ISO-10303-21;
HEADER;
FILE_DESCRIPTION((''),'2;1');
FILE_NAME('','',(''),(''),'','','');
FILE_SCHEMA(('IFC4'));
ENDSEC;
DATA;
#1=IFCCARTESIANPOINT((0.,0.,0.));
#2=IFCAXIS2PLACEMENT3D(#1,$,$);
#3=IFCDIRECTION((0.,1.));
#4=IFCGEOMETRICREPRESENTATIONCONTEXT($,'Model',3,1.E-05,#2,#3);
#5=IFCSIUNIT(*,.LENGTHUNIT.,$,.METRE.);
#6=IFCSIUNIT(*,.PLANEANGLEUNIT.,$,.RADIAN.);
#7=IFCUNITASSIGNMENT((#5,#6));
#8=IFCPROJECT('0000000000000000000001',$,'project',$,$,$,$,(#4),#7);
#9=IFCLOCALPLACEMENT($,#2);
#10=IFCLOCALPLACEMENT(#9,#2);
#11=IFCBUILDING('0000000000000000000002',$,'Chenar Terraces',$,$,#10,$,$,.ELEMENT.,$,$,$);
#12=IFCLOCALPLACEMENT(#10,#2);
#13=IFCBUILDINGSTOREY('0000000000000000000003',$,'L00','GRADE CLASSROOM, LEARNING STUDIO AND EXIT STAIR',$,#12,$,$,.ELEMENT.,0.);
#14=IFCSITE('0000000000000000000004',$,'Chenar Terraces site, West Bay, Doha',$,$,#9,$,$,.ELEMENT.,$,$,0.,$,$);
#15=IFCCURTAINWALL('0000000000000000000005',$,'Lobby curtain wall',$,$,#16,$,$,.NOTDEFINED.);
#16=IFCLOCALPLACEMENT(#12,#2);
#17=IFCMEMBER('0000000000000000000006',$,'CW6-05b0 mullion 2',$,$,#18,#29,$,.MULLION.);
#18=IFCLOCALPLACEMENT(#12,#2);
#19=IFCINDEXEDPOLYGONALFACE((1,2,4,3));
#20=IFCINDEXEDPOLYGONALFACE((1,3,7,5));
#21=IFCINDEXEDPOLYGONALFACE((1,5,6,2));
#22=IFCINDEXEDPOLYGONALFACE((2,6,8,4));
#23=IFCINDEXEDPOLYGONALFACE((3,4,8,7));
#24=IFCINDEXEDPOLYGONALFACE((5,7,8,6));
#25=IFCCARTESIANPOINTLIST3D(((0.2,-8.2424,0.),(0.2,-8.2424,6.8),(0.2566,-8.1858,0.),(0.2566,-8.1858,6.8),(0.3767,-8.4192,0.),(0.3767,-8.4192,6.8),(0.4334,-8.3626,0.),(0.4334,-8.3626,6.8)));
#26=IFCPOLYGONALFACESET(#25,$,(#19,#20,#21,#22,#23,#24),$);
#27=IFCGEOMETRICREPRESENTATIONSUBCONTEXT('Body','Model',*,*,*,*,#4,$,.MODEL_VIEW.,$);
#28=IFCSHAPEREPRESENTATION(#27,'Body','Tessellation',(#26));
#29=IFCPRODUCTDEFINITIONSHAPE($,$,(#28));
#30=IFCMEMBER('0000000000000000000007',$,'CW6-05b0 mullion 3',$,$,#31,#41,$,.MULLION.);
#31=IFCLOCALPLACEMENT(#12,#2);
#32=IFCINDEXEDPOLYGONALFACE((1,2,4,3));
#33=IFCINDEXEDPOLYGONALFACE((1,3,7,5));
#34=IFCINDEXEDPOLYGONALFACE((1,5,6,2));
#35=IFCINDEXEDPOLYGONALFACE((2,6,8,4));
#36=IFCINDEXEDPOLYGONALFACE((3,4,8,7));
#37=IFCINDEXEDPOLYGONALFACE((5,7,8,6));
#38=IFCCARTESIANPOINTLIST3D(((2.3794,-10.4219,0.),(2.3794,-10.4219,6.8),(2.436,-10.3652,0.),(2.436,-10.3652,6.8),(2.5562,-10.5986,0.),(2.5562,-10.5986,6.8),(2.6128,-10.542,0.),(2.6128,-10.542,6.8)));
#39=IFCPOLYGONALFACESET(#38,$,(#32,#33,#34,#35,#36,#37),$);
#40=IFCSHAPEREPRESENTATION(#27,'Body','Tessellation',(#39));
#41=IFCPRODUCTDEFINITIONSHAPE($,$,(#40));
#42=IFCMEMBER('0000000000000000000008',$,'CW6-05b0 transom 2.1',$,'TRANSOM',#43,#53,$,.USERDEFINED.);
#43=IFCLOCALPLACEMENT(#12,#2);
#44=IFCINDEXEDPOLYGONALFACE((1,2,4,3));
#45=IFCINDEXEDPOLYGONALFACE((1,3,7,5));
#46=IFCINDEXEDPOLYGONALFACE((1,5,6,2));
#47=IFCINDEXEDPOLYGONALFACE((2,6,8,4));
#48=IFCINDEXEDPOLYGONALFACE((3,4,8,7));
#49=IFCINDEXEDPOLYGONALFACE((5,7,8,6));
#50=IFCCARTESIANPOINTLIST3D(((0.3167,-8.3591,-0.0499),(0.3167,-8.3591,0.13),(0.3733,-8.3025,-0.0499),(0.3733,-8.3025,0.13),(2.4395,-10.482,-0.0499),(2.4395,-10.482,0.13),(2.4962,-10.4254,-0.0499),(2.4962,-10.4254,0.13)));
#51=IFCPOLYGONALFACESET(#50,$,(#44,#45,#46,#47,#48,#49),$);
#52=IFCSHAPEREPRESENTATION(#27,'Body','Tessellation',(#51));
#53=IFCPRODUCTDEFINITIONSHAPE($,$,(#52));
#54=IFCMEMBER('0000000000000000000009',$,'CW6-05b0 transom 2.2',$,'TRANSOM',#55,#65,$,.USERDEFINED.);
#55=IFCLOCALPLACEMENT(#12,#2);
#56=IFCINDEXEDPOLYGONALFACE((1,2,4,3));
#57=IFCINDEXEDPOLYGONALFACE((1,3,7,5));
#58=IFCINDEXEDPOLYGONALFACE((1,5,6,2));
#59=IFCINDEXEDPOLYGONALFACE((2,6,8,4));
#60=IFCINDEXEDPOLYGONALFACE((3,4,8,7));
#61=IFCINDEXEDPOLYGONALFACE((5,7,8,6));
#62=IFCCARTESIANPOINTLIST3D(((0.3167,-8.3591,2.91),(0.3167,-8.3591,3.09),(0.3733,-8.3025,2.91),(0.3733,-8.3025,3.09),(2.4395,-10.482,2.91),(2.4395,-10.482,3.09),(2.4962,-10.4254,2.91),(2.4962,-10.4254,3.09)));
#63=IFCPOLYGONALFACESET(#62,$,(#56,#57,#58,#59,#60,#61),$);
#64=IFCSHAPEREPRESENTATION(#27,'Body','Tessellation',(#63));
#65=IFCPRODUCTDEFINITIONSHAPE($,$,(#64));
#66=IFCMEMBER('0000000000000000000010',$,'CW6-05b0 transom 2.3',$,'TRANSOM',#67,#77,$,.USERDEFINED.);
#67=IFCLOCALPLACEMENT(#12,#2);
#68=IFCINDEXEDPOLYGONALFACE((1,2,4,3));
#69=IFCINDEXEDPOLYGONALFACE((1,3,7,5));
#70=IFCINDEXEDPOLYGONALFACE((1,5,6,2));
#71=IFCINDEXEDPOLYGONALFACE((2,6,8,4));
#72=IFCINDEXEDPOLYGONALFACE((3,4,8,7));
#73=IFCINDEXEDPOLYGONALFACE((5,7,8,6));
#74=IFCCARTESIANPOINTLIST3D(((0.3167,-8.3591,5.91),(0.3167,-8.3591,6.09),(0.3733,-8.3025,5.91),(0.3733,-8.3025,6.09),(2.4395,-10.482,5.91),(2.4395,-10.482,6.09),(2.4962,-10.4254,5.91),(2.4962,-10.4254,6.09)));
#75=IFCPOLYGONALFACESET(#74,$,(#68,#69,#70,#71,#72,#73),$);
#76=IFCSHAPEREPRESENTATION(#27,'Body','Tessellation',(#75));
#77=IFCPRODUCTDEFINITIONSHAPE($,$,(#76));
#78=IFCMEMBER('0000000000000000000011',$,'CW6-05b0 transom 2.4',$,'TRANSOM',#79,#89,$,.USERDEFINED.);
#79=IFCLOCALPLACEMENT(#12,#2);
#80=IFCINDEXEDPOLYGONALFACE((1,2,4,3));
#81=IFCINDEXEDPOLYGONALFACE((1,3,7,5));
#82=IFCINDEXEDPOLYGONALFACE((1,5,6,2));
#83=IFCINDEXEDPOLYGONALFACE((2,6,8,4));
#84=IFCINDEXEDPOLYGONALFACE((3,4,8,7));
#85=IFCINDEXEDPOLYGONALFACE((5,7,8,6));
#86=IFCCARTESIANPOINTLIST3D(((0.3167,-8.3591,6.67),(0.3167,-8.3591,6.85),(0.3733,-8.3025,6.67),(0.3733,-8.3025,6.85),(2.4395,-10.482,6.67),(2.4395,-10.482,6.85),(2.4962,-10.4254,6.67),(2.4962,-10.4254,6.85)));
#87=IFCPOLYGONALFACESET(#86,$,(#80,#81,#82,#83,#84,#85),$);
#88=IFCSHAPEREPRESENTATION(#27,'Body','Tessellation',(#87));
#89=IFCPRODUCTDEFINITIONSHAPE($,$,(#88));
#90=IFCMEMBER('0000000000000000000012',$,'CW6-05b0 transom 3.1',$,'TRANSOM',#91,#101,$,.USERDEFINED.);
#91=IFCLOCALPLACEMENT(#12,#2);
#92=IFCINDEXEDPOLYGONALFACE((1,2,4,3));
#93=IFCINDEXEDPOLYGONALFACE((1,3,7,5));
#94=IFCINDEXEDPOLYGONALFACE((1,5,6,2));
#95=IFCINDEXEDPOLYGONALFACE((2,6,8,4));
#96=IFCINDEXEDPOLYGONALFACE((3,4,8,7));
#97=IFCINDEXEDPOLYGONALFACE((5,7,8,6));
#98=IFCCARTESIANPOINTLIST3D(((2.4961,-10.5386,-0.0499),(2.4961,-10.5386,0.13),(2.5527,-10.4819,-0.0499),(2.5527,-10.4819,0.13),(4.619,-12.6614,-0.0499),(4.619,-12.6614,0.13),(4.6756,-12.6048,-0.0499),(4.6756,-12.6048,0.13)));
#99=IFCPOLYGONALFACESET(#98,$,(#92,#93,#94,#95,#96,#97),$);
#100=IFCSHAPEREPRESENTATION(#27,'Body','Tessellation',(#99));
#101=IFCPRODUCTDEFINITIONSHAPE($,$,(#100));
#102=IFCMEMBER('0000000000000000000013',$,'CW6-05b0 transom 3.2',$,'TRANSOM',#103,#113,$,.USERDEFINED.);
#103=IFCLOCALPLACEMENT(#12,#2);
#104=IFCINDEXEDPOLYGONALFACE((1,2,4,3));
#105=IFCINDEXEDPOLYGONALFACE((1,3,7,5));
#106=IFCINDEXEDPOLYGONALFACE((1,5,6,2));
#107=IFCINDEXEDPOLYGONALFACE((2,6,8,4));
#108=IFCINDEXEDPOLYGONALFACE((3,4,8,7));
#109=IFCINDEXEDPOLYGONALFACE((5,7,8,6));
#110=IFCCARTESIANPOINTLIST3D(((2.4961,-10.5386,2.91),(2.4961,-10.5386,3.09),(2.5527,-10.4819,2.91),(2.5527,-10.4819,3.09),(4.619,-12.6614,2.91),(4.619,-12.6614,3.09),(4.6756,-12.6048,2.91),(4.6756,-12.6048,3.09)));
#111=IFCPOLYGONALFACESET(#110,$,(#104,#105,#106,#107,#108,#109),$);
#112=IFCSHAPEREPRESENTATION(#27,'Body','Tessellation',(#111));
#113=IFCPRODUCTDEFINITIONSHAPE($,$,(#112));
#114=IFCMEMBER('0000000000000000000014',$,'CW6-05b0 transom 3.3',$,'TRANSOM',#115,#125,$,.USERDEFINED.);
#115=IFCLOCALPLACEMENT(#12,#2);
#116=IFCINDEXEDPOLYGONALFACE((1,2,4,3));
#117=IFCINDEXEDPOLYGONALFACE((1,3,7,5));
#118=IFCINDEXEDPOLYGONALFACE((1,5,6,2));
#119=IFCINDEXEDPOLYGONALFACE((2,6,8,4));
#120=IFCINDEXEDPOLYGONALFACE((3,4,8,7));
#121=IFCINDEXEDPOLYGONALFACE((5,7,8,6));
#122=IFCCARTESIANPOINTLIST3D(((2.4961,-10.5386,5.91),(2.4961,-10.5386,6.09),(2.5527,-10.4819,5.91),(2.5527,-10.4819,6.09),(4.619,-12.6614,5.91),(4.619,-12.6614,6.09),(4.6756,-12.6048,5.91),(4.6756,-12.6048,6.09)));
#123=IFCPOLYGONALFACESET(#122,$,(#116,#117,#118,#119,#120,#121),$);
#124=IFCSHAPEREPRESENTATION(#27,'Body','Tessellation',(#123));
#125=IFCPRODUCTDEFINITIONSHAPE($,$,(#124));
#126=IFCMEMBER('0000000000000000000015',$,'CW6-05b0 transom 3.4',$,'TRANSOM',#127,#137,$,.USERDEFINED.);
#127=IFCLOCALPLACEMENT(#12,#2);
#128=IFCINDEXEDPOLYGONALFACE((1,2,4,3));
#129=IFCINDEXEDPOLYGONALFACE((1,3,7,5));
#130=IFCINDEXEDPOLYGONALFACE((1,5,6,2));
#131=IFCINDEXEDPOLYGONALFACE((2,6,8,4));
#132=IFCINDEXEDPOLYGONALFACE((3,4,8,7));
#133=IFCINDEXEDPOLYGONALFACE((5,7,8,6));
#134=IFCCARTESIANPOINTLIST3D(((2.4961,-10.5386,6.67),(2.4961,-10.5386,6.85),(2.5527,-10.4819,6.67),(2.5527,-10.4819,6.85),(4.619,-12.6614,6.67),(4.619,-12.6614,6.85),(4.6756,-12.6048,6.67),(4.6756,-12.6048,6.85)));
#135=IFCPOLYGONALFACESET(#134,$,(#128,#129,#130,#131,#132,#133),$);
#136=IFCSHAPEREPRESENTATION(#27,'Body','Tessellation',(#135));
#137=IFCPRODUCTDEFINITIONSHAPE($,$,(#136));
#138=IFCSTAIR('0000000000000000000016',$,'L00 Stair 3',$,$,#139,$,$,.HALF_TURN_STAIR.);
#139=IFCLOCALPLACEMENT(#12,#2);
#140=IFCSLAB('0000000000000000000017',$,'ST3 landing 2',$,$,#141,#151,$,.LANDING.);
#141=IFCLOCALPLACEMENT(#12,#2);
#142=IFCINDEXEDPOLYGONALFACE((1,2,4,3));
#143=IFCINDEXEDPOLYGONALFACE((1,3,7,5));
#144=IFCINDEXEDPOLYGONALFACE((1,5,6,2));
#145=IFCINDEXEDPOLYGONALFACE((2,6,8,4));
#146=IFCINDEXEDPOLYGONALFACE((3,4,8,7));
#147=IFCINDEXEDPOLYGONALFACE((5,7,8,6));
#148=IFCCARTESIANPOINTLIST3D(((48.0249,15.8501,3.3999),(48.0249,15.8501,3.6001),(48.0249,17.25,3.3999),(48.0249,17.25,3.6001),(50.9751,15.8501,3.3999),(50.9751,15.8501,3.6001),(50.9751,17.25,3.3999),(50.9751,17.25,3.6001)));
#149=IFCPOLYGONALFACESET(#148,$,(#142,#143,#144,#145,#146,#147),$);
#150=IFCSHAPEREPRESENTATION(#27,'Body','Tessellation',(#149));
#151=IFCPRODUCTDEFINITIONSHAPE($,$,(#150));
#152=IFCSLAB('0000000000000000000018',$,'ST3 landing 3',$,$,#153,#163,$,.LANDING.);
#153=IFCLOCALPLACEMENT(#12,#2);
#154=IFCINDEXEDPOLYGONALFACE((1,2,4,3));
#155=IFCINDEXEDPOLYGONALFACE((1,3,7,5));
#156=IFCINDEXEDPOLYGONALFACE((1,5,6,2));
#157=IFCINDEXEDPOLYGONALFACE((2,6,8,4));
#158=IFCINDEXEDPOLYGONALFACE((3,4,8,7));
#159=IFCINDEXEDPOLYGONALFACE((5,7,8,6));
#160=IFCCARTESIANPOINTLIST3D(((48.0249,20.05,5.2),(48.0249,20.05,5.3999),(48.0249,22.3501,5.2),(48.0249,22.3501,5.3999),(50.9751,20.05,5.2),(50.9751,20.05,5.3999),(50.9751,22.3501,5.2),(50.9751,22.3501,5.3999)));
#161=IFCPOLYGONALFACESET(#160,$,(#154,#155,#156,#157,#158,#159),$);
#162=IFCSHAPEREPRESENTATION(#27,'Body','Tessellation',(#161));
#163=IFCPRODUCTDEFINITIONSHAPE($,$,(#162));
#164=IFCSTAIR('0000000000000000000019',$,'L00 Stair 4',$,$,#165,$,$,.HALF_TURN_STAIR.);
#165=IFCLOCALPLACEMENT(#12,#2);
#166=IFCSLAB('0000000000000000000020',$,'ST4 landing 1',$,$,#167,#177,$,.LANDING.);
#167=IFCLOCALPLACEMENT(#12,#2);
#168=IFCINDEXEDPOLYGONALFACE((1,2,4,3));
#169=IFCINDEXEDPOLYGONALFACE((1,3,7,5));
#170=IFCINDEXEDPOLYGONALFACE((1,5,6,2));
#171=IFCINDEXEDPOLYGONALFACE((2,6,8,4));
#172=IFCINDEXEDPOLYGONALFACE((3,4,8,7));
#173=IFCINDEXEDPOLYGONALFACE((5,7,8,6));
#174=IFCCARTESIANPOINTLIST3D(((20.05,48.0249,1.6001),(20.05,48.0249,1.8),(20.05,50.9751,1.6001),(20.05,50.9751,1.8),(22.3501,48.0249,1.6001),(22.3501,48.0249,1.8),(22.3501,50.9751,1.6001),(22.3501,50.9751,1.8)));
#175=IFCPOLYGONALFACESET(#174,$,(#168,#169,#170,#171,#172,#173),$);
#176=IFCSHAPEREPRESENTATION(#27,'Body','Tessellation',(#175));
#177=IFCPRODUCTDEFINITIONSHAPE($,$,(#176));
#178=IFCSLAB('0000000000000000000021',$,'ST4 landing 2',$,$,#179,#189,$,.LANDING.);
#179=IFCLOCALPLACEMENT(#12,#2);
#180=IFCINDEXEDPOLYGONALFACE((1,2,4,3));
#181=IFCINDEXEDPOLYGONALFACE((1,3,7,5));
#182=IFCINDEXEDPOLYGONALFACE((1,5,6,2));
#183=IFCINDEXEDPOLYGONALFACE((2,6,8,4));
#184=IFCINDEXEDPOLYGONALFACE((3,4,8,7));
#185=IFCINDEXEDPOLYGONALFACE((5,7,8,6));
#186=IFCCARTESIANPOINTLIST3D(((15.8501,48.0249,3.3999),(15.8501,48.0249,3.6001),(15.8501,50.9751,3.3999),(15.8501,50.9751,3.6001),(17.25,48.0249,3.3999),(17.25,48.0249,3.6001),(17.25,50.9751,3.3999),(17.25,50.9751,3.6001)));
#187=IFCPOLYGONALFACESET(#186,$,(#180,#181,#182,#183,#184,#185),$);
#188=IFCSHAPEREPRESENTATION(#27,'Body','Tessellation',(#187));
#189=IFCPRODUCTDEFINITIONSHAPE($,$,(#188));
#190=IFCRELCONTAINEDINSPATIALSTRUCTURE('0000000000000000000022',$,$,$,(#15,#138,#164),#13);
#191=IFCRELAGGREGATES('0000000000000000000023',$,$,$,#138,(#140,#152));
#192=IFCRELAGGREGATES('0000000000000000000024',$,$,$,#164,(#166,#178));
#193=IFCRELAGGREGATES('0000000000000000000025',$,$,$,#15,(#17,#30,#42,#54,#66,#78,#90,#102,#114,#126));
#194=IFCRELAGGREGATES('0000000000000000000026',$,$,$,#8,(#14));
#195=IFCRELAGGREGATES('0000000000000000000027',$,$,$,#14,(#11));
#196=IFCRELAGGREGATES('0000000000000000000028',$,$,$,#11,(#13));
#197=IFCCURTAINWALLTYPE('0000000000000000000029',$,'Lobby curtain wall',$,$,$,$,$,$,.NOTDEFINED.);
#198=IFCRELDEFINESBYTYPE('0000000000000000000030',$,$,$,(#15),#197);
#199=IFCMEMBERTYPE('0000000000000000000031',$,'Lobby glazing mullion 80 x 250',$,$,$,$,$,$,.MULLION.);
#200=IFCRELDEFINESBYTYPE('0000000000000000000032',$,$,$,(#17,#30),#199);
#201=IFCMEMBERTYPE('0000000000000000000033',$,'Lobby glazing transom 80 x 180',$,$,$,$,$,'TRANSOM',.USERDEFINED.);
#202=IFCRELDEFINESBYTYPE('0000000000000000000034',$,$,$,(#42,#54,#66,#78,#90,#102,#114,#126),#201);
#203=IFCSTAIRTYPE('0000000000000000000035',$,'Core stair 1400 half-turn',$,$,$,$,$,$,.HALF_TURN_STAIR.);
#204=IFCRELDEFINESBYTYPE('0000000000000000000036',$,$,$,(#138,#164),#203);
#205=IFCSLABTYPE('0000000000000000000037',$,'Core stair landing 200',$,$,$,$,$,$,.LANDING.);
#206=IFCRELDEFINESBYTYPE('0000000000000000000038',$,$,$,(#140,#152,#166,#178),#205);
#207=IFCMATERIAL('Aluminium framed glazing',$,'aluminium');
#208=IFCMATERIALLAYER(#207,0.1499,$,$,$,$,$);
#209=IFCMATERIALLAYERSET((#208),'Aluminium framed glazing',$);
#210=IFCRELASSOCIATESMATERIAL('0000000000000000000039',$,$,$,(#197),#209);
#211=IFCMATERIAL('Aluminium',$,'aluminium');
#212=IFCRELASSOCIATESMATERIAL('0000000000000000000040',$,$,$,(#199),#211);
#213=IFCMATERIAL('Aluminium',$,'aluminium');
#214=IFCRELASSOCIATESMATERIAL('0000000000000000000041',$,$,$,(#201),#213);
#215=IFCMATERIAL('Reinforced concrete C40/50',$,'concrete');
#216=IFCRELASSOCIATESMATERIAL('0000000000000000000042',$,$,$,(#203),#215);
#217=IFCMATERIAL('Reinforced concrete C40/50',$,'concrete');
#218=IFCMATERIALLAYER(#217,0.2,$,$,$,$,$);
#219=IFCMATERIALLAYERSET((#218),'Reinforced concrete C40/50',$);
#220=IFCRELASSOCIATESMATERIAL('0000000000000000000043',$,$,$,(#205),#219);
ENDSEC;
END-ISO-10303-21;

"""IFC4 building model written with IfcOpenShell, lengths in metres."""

from ifc_helpers import new_model, si_unit, direction, frame, origin, origin_2d, place, context, subcontext, project, spatial, polyline, rectangle, outline, extrude, material, layer, layer_set, material_profile, profile_set, type_object, element, aggregate, save


model = new_model("IFC4")

# Units and contexts
model_context = context("Model", 3, precision=1e-05, world=origin(), true_north=direction((0.0, 1.0)))
body_context = subcontext(model_context, "Body", "Model", "MODEL_VIEW")
ifc_project = project(units=[si_unit("LENGTHUNIT", "METRE"), si_unit("PLANEANGLEUNIT", "RADIAN")], contexts=[model_context])

# Site, building, storey
site_placement = place(None, origin())
site = spatial("IfcSite", under=ifc_project, at=site_placement, Name="Chenar Terraces site, West Bay, Doha", CompositionType="ELEMENT", RefElevation=0.0)
building_placement = place(site_placement, origin())
building = spatial("IfcBuilding", under=site, at=building_placement, Name="Chenar Terraces", CompositionType="ELEMENT")
storey_placement = place(building_placement, origin())
storey = spatial("IfcBuildingStorey", under=building, at=storey_placement, Name="L00", Description="GRADE CLASSROOM, LEARNING STUDIO AND EXIT STAIR", CompositionType="ELEMENT", Elevation=0.0)

# Curtain wall, members
ifc_material_1 = material(Name="Aluminium framed glazing", Category="aluminium")
ifc_layer_1 = layer(ifc_material_1, 0.1499)
ifc_layer_set_1 = layer_set([ifc_layer_1], Name="Aluminium framed glazing")
curtain_wall_type = type_object("IfcCurtainWallType", Name="Lobby curtain wall", PredefinedType="NOTDEFINED", material=ifc_layer_set_1)
placement_1 = place(storey_placement, origin())
curtain_wall = element("IfcCurtainWall", 1, at=placement_1, inside=storey, type_object=curtain_wall_type, Name="Lobby curtain wall", PredefinedType="NOTDEFINED")
ifc_material_2 = material(Name="Aluminium", Category="aluminium")
ifc_material_profile_1 = material_profile(ifc_material_2, rectangle(XDim=0.0801, YDim=0.25, at=origin_2d()), Name="Lobby glazing mullion 80 x 250")
ifc_profile_set_1 = profile_set([ifc_material_profile_1], Name="Aluminium")
member_type_1 = type_object("IfcMemberType", Name="Lobby glazing mullion 80 x 250", PredefinedType="MULLION", material=ifc_profile_set_1)
member_1_placement = place(storey_placement, frame((0.3167, -8.3025, 0.0), z_axis=(0.0, 0.0, 1.0), x_axis=(0.707107, 0.707107, 0.0)))
member_1 = element("IfcMember", 2, at=member_1_placement, type_object=member_type_1, Name="CW6-05b0 mullion 2", PredefinedType="MULLION", context=body_context, shape_type="SweptSolid", body=[
    extrude(rectangle(XDim=0.0801, YDim=0.25, at=origin_2d()), origin(), (0.0, 0.0, 1.0), 6.8),
])
member_2_placement = place(storey_placement, frame((2.4961, -10.4819, 0.0), z_axis=(0.0, 0.0, 1.0), x_axis=(0.707107, 0.707107, 0.0)))
member_2 = element("IfcMember", 3, at=member_2_placement, type_object=member_type_1, Name="CW6-05b0 mullion 3", PredefinedType="MULLION", context=body_context, shape_type="SweptSolid", body=[
    extrude(rectangle(XDim=0.0801, YDim=0.25, at=origin_2d()), origin(), (0.0, 0.0, 1.0), 6.8),
])
ifc_material_3 = material(Name="Aluminium", Category="aluminium")
ifc_material_profile_2 = material_profile(ifc_material_3, rectangle(XDim=0.0801, YDim=0.1799, at=origin_2d()), Name="Lobby glazing transom 80 x 180")
ifc_profile_set_2 = profile_set([ifc_material_profile_2], Name="Aluminium")
member_type_2 = type_object("IfcMemberType", Name="Lobby glazing transom 80 x 180", ElementType="TRANSOM", PredefinedType="USERDEFINED", material=ifc_profile_set_2)
member_3_placement = place(storey_placement, frame((0.345, -8.3308, 0.04), z_axis=(0.707107, -0.707107, 0.0), x_axis=(0.707107, 0.707107, 0.0)))
member_3 = element("IfcMember", 4, at=member_3_placement, type_object=member_type_2, Name="CW6-05b0 transom 2.1", ObjectType="TRANSOM", PredefinedType="USERDEFINED", context=body_context, shape_type="SweptSolid", body=[
    extrude(rectangle(XDim=0.0801, YDim=0.1799, at=origin_2d()), origin(), (0.0, 0.0, 1.0), 3.0022),
])
member_4_placement = place(storey_placement, frame((0.345, -8.3308, 3.0), z_axis=(0.707107, -0.707107, 0.0), x_axis=(0.707107, 0.707107, 0.0)))
member_4 = element("IfcMember", 5, at=member_4_placement, type_object=member_type_2, Name="CW6-05b0 transom 2.2", ObjectType="TRANSOM", PredefinedType="USERDEFINED", context=body_context, shape_type="SweptSolid", body=[
    extrude(rectangle(XDim=0.0801, YDim=0.1799, at=origin_2d()), origin(), (0.0, 0.0, 1.0), 3.0022),
])
member_5_placement = place(storey_placement, frame((0.345, -8.3308, 6.0), z_axis=(0.707107, -0.707107, 0.0), x_axis=(0.707107, 0.707107, 0.0)))
member_5 = element("IfcMember", 6, at=member_5_placement, type_object=member_type_2, Name="CW6-05b0 transom 2.3", ObjectType="TRANSOM", PredefinedType="USERDEFINED", context=body_context, shape_type="SweptSolid", body=[
    extrude(rectangle(XDim=0.0801, YDim=0.1799, at=origin_2d()), origin(), (0.0, 0.0, 1.0), 3.0022),
])
member_6_placement = place(storey_placement, frame((0.345, -8.3308, 6.76), z_axis=(0.707107, -0.707107, 0.0), x_axis=(0.707107, 0.707107, 0.0)))
member_6 = element("IfcMember", 7, at=member_6_placement, type_object=member_type_2, Name="CW6-05b0 transom 2.4", ObjectType="TRANSOM", PredefinedType="USERDEFINED", context=body_context, shape_type="SweptSolid", body=[
    extrude(rectangle(XDim=0.0801, YDim=0.1799, at=origin_2d()), origin(), (0.0, 0.0, 1.0), 3.0022),
])
member_7_placement = place(storey_placement, frame((2.5244, -10.5103, 0.04), z_axis=(0.707107, -0.707107, 0.0), x_axis=(0.707107, 0.707107, 0.0)))
member_7 = element("IfcMember", 8, at=member_7_placement, type_object=member_type_2, Name="CW6-05b0 transom 3.1", ObjectType="TRANSOM", PredefinedType="USERDEFINED", context=body_context, shape_type="SweptSolid", body=[
    extrude(rectangle(XDim=0.0801, YDim=0.1799, at=origin_2d()), origin(), (0.0, 0.0, 1.0), 3.0022),
])
member_8_placement = place(storey_placement, frame((2.5244, -10.5103, 3.0), z_axis=(0.707107, -0.707107, 0.0), x_axis=(0.707107, 0.707107, 0.0)))
member_8 = element("IfcMember", 9, at=member_8_placement, type_object=member_type_2, Name="CW6-05b0 transom 3.2", ObjectType="TRANSOM", PredefinedType="USERDEFINED", context=body_context, shape_type="SweptSolid", body=[
    extrude(rectangle(XDim=0.0801, YDim=0.1799, at=origin_2d()), origin(), (0.0, 0.0, 1.0), 3.0022),
])
member_9_placement = place(storey_placement, frame((2.5244, -10.5103, 6.0), z_axis=(0.707107, -0.707107, 0.0), x_axis=(0.707107, 0.707107, 0.0)))
member_9 = element("IfcMember", 10, at=member_9_placement, type_object=member_type_2, Name="CW6-05b0 transom 3.3", ObjectType="TRANSOM", PredefinedType="USERDEFINED", context=body_context, shape_type="SweptSolid", body=[
    extrude(rectangle(XDim=0.0801, YDim=0.1799, at=origin_2d()), origin(), (0.0, 0.0, 1.0), 3.0022),
])
member_10_placement = place(storey_placement, frame((2.5244, -10.5103, 6.76), z_axis=(0.707107, -0.707107, 0.0), x_axis=(0.707107, 0.707107, 0.0)))
member_10 = element("IfcMember", 11, at=member_10_placement, type_object=member_type_2, Name="CW6-05b0 transom 3.4", ObjectType="TRANSOM", PredefinedType="USERDEFINED", context=body_context, shape_type="SweptSolid", body=[
    extrude(rectangle(XDim=0.0801, YDim=0.1799, at=origin_2d()), origin(), (0.0, 0.0, 1.0), 3.0022),
])

# Stairs, slabs
ifc_material_4 = material(Name="Reinforced concrete C40/50", Category="concrete")
stair_type = type_object("IfcStairType", Name="Core stair 1400 half-turn", PredefinedType="HALF_TURN_STAIR", material=ifc_material_4)
stair_1 = element("IfcStair", 12, at=placement_1, inside=storey, type_object=stair_type, Name="L00 Stair 3", PredefinedType="HALF_TURN_STAIR")
ifc_material_5 = material(Name="Reinforced concrete C40/50", Category="concrete")
ifc_layer_2 = layer(ifc_material_5, 0.2)
ifc_layer_set_2 = layer_set([ifc_layer_2], Name="Reinforced concrete C40/50")
slab_type = type_object("IfcSlabType", Name="Core stair landing 200", PredefinedType="LANDING", material=ifc_layer_set_2)
placement_2 = place(storey_placement, frame((0.0, 0.0, 3.3999)))
slab_1 = element("IfcSlab", 13, at=placement_2, type_object=slab_type, Name="ST3 landing 2", PredefinedType="LANDING", context=body_context, shape_type="SweptSolid", body=[
    extrude(outline(polyline([(50.9751, 15.8501), (50.9751, 17.25), (48.0249, 17.25), (48.0249, 15.8501), (50.9751, 15.8501)])), origin(), (0.0, 0.0, 1.0), 0.2002),
])
placement_3 = place(storey_placement, frame((0.0, 0.0, 5.2)))
slab_2 = element("IfcSlab", 14, at=placement_3, type_object=slab_type, Name="ST3 landing 3", PredefinedType="LANDING", context=body_context, shape_type="SweptSolid", body=[
    extrude(outline(polyline([(50.9751, 20.05), (50.9751, 22.3501), (48.0249, 22.3501), (48.0249, 20.05), (50.9751, 20.05)])), origin(), (0.0, 0.0, 1.0), 0.2),
])
aggregate(stair_1, [slab_1, slab_2])
stair_2 = element("IfcStair", 15, at=placement_1, inside=storey, type_object=stair_type, Name="L00 Stair 4", PredefinedType="HALF_TURN_STAIR")
slab_3_placement = place(storey_placement, frame((0.0, 0.0, 1.6001)))
slab_3 = element("IfcSlab", 16, at=slab_3_placement, type_object=slab_type, Name="ST4 landing 1", PredefinedType="LANDING", context=body_context, shape_type="SweptSolid", body=[
    extrude(outline(polyline([(20.05, 48.0249), (22.3501, 48.0249), (22.3501, 50.9751), (20.05, 50.9751), (20.05, 48.0249)])), origin(), (0.0, 0.0, 1.0), 0.2),
])
slab_4 = element("IfcSlab", 17, at=placement_2, type_object=slab_type, Name="ST4 landing 2", PredefinedType="LANDING", context=body_context, shape_type="SweptSolid", body=[
    extrude(outline(polyline([(15.8501, 48.0249), (17.25, 48.0249), (17.25, 50.9751), (15.8501, 50.9751), (15.8501, 48.0249)])), origin(), (0.0, 0.0, 1.0), 0.2002),
])
aggregate(stair_2, [slab_3, slab_4])

aggregate(curtain_wall, [member_1, member_2, member_3, member_4, member_5, member_6, member_7, member_8, member_9, member_10])

save(model, "model.ifc")
